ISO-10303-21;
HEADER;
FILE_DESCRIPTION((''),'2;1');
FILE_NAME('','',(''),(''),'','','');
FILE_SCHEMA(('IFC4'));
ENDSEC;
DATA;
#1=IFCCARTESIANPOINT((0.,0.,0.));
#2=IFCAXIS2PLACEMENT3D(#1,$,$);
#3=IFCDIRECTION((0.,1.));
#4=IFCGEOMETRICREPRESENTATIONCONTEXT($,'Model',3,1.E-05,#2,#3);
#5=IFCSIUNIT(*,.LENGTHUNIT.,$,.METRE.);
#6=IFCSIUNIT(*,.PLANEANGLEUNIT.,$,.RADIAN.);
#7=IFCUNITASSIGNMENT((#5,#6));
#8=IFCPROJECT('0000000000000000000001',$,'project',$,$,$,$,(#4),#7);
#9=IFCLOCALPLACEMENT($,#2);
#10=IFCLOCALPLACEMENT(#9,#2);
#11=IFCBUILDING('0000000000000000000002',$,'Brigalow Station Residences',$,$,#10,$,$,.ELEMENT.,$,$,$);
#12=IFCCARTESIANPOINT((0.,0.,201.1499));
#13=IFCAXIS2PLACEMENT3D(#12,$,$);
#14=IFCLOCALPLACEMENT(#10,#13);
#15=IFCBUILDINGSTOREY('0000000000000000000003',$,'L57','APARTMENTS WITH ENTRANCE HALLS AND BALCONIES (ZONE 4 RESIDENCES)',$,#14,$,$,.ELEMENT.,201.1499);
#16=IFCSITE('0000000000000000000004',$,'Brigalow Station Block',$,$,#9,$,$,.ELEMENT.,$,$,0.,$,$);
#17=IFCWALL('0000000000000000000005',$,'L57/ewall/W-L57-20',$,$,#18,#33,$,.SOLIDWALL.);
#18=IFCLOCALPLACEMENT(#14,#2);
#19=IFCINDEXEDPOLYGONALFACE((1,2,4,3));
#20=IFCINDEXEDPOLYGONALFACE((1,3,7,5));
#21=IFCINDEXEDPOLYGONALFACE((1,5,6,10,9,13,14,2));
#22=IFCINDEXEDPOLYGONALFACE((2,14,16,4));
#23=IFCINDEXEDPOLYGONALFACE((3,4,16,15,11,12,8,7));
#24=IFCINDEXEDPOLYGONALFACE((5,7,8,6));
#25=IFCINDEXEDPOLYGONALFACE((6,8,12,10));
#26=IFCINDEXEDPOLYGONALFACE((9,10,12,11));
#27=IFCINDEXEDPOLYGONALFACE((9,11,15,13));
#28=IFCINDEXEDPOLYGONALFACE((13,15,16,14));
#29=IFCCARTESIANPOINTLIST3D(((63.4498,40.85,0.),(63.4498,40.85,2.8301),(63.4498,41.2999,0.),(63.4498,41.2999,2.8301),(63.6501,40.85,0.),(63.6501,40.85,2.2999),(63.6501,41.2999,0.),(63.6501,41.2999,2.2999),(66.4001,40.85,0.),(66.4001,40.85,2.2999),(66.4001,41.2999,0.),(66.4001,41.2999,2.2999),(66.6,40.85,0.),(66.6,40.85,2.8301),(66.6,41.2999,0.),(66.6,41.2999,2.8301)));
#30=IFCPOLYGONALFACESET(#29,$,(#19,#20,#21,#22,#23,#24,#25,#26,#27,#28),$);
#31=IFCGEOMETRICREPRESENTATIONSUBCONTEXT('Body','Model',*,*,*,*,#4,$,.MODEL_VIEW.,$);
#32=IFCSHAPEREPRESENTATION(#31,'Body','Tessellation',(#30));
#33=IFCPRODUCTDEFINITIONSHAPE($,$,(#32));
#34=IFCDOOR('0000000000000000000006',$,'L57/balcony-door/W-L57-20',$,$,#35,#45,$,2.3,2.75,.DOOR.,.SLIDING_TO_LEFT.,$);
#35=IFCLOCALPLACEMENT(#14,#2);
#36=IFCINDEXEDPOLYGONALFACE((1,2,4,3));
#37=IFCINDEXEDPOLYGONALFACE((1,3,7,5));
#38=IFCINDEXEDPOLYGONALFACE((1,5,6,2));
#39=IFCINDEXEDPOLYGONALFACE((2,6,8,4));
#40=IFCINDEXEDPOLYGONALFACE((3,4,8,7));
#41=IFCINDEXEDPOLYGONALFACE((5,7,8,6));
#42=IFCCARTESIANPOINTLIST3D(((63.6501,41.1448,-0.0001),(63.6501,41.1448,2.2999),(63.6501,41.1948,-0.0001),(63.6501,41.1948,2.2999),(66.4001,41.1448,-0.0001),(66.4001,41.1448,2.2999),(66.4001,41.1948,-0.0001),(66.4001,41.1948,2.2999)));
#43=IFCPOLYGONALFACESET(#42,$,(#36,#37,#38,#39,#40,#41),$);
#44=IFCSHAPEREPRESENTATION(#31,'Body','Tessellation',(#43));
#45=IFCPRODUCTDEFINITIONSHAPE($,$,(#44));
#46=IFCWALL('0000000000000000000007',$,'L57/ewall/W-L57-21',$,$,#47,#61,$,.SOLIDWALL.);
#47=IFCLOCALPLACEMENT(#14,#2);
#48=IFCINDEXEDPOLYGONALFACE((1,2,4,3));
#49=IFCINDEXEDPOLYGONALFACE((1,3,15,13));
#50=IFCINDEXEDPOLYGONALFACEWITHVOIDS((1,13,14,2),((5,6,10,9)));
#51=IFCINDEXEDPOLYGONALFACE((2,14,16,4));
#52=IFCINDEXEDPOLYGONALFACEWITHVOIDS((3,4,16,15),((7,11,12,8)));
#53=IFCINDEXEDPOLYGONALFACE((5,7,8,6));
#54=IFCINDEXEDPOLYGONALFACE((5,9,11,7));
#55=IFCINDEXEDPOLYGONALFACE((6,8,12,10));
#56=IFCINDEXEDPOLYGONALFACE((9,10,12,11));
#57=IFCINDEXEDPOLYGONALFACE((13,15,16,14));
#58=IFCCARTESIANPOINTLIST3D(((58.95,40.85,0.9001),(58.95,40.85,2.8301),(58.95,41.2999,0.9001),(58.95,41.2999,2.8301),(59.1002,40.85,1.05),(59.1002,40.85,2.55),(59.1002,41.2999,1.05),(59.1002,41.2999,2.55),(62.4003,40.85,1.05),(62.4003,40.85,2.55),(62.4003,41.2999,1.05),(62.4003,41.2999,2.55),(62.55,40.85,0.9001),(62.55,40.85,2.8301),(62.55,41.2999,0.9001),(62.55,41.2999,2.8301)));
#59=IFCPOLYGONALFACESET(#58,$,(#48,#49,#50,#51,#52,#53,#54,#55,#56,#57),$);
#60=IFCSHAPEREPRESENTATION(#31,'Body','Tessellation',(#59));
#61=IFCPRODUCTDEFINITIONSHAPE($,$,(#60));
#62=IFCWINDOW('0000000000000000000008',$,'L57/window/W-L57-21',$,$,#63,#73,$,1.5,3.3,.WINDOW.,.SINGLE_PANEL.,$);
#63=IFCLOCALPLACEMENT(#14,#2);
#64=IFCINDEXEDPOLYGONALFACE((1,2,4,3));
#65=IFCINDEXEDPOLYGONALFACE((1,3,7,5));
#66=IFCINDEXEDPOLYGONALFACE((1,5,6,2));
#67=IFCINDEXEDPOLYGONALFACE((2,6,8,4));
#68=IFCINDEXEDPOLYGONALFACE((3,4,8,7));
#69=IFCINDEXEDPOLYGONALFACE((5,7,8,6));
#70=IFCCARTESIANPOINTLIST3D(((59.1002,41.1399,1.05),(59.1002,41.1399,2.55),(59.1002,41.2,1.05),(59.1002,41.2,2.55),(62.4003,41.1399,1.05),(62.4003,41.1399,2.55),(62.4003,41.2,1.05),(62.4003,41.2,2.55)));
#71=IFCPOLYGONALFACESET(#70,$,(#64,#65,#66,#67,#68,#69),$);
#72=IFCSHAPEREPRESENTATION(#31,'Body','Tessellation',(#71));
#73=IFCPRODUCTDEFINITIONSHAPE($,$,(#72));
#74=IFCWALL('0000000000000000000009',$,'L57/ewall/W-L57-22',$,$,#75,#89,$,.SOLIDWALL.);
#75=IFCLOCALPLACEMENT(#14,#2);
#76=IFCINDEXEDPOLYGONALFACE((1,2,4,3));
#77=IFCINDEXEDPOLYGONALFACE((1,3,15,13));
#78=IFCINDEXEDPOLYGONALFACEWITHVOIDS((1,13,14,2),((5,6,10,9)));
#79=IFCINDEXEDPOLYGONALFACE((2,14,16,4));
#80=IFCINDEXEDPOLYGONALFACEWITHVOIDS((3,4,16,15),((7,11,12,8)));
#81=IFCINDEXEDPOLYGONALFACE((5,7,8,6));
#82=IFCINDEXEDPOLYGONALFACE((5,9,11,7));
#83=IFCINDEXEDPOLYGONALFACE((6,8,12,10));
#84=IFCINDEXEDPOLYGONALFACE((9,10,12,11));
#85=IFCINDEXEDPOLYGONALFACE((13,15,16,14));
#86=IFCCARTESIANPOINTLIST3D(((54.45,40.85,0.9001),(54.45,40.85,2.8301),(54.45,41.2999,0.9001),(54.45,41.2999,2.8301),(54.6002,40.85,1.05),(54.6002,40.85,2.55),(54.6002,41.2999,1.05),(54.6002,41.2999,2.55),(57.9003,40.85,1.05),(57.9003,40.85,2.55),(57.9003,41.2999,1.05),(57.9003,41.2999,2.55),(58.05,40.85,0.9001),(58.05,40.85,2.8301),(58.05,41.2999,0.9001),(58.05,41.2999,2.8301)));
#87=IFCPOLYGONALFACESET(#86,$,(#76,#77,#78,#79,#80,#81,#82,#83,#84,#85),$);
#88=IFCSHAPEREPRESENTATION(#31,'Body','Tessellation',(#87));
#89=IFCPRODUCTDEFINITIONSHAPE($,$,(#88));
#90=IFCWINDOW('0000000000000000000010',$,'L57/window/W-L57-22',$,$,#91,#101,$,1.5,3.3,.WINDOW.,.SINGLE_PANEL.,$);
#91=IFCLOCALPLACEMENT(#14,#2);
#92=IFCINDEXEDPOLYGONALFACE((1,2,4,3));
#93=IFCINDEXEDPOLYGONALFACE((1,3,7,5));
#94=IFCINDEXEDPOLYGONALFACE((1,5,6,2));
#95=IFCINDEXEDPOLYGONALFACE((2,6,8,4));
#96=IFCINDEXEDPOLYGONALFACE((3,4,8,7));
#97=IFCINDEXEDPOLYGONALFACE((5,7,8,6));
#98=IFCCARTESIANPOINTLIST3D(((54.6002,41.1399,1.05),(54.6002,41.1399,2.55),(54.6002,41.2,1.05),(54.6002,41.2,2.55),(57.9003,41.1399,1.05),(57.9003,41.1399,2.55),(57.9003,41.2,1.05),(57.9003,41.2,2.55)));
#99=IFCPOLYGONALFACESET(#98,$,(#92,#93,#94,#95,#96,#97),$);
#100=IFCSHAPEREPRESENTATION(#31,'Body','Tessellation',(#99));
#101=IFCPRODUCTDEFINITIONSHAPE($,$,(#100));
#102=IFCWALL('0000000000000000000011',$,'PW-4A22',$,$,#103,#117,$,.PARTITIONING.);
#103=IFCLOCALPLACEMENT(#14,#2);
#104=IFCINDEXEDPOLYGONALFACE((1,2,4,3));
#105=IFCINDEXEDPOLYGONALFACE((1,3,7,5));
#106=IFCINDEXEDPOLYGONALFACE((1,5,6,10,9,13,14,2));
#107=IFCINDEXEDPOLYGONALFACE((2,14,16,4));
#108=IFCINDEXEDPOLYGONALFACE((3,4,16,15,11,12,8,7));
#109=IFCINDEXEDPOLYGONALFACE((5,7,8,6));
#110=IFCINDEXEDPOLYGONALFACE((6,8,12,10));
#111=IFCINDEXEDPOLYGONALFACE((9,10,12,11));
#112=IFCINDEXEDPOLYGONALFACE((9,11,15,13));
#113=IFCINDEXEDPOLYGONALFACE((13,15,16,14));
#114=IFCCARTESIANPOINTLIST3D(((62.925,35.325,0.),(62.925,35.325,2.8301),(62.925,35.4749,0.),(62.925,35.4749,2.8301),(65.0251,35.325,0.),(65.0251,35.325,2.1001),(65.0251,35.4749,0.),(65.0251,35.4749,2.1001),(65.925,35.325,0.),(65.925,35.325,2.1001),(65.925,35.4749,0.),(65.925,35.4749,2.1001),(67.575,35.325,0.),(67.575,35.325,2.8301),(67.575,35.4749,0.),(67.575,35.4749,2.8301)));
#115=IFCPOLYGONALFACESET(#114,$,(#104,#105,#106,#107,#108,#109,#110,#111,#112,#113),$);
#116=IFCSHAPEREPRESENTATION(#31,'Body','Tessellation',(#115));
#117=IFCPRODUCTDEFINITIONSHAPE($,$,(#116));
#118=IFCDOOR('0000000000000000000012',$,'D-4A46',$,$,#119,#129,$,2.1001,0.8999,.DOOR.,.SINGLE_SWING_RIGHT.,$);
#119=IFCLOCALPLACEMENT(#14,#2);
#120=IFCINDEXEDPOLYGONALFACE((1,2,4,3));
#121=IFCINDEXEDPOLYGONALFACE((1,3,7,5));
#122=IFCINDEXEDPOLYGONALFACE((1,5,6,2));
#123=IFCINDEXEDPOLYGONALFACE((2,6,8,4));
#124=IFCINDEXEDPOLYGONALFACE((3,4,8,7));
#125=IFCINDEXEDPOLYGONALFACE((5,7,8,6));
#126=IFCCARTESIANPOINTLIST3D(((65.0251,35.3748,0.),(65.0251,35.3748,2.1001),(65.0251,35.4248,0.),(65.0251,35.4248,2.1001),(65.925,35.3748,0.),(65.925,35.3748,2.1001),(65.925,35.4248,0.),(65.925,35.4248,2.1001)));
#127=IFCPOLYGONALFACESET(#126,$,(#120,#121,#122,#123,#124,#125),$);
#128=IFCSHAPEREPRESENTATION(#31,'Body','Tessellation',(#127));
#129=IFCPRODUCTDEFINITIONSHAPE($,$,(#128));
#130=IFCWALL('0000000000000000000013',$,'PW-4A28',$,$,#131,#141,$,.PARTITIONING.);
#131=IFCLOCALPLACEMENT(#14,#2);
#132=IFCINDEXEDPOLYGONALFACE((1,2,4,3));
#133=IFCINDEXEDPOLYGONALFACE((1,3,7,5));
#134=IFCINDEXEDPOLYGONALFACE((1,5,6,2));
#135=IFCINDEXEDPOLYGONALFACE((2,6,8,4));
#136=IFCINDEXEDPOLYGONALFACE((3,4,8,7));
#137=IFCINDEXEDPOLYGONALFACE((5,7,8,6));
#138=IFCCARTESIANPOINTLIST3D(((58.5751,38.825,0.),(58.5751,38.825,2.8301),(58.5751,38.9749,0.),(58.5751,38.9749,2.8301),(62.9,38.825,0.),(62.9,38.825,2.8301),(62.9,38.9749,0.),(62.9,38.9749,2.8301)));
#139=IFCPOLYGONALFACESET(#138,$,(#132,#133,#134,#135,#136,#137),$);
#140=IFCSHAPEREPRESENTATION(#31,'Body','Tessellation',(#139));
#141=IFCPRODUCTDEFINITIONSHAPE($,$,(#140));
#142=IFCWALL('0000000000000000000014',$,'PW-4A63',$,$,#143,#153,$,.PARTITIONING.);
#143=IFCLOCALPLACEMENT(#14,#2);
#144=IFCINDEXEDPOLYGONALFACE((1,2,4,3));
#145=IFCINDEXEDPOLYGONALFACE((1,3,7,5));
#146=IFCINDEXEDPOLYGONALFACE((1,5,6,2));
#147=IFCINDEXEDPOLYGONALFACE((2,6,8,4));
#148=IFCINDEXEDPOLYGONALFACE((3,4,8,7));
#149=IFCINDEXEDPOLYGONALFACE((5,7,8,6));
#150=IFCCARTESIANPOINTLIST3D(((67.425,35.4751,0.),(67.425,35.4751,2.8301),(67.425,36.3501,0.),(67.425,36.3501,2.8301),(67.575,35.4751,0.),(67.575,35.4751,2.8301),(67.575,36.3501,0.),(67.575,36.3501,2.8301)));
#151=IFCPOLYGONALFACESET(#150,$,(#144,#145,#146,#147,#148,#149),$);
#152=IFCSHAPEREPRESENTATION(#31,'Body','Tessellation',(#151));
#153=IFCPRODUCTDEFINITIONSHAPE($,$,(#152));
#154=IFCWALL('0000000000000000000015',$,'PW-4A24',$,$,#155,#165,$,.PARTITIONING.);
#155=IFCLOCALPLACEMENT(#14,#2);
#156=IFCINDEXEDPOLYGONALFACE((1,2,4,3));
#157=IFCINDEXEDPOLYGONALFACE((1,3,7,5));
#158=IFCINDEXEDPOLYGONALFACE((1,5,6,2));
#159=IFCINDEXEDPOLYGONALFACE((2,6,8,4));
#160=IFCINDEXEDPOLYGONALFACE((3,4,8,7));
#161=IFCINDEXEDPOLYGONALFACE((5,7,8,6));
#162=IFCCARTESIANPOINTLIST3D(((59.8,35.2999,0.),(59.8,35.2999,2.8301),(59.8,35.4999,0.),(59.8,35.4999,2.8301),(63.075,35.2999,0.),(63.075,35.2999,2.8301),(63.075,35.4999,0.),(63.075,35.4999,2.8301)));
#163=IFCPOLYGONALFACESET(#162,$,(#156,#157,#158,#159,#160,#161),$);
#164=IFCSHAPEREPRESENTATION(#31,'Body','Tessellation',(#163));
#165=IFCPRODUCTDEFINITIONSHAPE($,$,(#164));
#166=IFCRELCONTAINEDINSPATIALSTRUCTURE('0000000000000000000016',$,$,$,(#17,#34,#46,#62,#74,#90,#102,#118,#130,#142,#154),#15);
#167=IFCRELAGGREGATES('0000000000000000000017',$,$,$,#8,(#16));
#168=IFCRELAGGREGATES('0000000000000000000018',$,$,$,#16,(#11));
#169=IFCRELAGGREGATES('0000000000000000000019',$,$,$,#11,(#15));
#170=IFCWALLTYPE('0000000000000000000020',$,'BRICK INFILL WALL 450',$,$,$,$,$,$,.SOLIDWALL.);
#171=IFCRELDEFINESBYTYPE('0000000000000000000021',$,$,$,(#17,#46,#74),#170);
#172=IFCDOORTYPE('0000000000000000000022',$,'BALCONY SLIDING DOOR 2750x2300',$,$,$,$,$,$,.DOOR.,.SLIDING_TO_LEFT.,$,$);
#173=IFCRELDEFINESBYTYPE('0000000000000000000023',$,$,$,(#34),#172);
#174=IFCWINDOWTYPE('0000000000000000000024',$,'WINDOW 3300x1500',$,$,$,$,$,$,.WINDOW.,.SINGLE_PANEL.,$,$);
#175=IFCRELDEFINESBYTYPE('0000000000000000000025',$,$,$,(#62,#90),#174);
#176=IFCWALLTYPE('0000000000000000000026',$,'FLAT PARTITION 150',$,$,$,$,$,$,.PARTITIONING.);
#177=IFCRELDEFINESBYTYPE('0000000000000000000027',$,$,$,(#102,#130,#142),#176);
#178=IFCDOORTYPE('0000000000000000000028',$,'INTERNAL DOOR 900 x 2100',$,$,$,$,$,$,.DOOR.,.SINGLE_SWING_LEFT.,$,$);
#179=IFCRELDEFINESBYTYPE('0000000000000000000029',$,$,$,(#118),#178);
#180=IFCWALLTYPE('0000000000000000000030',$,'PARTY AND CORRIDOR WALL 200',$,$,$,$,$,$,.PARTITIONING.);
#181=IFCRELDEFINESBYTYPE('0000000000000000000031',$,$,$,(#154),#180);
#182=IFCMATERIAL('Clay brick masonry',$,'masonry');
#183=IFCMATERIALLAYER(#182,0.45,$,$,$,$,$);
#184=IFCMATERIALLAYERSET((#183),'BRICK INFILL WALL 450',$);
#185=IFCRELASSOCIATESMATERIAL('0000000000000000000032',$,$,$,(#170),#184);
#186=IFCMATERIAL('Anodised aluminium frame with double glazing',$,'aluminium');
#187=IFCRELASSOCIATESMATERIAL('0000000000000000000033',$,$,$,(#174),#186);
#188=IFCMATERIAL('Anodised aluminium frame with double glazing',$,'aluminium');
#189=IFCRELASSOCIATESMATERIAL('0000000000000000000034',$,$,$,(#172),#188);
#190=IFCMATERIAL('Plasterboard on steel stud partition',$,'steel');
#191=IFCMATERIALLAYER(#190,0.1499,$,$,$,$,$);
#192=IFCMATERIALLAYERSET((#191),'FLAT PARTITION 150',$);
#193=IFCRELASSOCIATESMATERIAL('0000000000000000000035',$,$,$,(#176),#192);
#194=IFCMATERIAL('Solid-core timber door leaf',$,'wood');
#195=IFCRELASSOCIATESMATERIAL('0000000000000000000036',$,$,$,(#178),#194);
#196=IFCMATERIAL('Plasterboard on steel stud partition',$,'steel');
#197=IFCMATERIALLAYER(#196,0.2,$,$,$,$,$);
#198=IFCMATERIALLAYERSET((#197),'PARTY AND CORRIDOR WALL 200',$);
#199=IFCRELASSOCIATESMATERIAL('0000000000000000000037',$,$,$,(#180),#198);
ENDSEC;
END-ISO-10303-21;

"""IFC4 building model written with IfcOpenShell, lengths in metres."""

from ifc_helpers import new_model, si_unit, direction, frame, frame_2d, origin, place, context, subcontext, project, spatial, rectangle, extrude, material, layer, layer_set, type_object, element, fill, save


model = new_model("IFC4")

# Units and contexts
model_context = context("Model", 3, precision=1e-05, world=origin(), true_north=direction((0.0, 1.0)))
body_context = subcontext(model_context, "Body", "Model", "MODEL_VIEW")
ifc_project = project(units=[si_unit("LENGTHUNIT", "METRE"), si_unit("PLANEANGLEUNIT", "RADIAN")], contexts=[model_context])

# Site, building, storey
site_placement = place(None, origin())
site = spatial("IfcSite", under=ifc_project, at=site_placement, Name="Brigalow Station Block", CompositionType="ELEMENT", RefElevation=0.0)
building_placement = place(site_placement, origin())
building = spatial("IfcBuilding", under=site, at=building_placement, Name="Brigalow Station Residences", CompositionType="ELEMENT")
storey_placement = place(building_placement, frame((0.0, 0.0, 201.1499)))
storey = spatial("IfcBuildingStorey", under=building, at=storey_placement, Name="L57", Description="APARTMENTS WITH ENTRANCE HALLS AND BALCONIES (ZONE 4 RESIDENCES)", CompositionType="ELEMENT", Elevation=201.1499)

# Shared definitions
ifc_material_1 = material(Name="Clay brick masonry", Category="masonry")
ifc_layer_1 = layer(ifc_material_1, 0.45)
ifc_layer_set_1 = layer_set([ifc_layer_1], Name="BRICK INFILL WALL 450")
wall_type_1 = type_object("IfcWallType", Name="BRICK INFILL WALL 450", PredefinedType="SOLIDWALL", material=ifc_layer_set_1)
ifc_material_2 = material(Name="Anodised aluminium frame with double glazing", Category="aluminium")
window_type_1 = type_object("IfcWindowType", Name="WINDOW 3300x1500", PartitioningType="SINGLE_PANEL", PredefinedType="WINDOW", material=ifc_material_2)

# Wall, opening, door
wall_1_placement = place(storey_placement, frame((66.6001, 41.075, 0.0), z_axis=(0.0, 0.0, 1.0), x_axis=(-1.0, 0.0, 0.0)))
wall_1 = element("IfcWall", 1, at=wall_1_placement, inside=storey, type_object=wall_type_1, Name="L57/ewall/W-L57-20", PredefinedType="SOLIDWALL", context=body_context, shape_type="SweptSolid", body=[
    extrude(rectangle(XDim=3.1501, YDim=0.45, at=frame_2d((1.5752, 0.0))), origin(), (0.0, 0.0, 1.0), 2.8301),
])
opening_1_placement = place(wall_1_placement, frame((0.2, 0.0, 0.0)))
opening_1 = element("IfcOpeningElement", 2, at=opening_1_placement, cuts=wall_1, PredefinedType="OPENING", context=body_context, shape_type="SweptSolid", body=[
    extrude(rectangle(XDim=2.75, YDim=2.3, at=frame_2d((1.375, 1.1499))), frame((0.0, 0.2349, 0.0), z_axis=(0.0, -1.0, 0.0), x_axis=(1.0, 0.0, 0.0)), (0.0, 0.0, 1.0), 0.47),
])
ifc_material_3 = material(Name="Anodised aluminium frame with double glazing", Category="aluminium")
door_type_1 = type_object("IfcDoorType", Name="BALCONY SLIDING DOOR 2750x2300", OperationType="SLIDING_TO_LEFT", PredefinedType="DOOR", material=ifc_material_3)
door_1_placement = place(opening_1_placement, origin())
door_1 = element("IfcDoor", 3, at=door_1_placement, inside=storey, type_object=door_type_1, Name="L57/balcony-door/W-L57-20", OperationType="SLIDING_TO_LEFT", OverallHeight=2.3, OverallWidth=2.75, PredefinedType="DOOR", context=body_context, shape_type="SweptSolid", body=[
    extrude(rectangle(XDim=2.75, YDim=2.3, at=frame_2d((1.375, 1.1499))), frame((0.0, -0.0698, 0.0), z_axis=(0.0, -1.0, 0.0), x_axis=(1.0, 0.0, 0.0)), (0.0, 0.0, 1.0), 0.05),
])
fill(opening_1, door_1)

# Walls, openings, windows
wall_2_placement = place(storey_placement, frame((62.55, 41.075, 0.9001), z_axis=(0.0, 0.0, 1.0), x_axis=(-1.0, 0.0, 0.0)))
wall_2 = element("IfcWall", 4, at=wall_2_placement, inside=storey, type_object=wall_type_1, Name="L57/ewall/W-L57-21", PredefinedType="SOLIDWALL", context=body_context, shape_type="SweptSolid", body=[
    extrude(rectangle(XDim=3.6001, YDim=0.45, at=frame_2d((1.8, 0.0))), origin(), (0.0, 0.0, 1.0), 1.9299),
])
opening_2_placement = place(wall_2_placement, frame((0.1499, 0.0, 0.1499)))
opening_2 = element("IfcOpeningElement", 5, at=opening_2_placement, cuts=wall_2, PredefinedType="OPENING", context=body_context, shape_type="SweptSolid", body=[
    extrude(rectangle(XDim=3.3, YDim=1.5, at=frame_2d((1.6499, 0.75))), frame((0.0, 0.2349, 0.0), z_axis=(0.0, -1.0, 0.0), x_axis=(1.0, 0.0, 0.0)), (0.0, 0.0, 1.0), 0.47),
])
window_1_placement = place(opening_2_placement, origin())
window_1 = element("IfcWindow", 6, at=window_1_placement, inside=storey, type_object=window_type_1, Name="L57/window/W-L57-21", OverallHeight=1.5, OverallWidth=3.3, PartitioningType="SINGLE_PANEL", PredefinedType="WINDOW", context=body_context, shape_type="SweptSolid", body=[
    extrude(rectangle(XDim=3.3, YDim=1.5, at=frame_2d((1.6499, 0.75))), frame((0.0, -0.0649, 0.0), z_axis=(0.0, -1.0, 0.0), x_axis=(1.0, 0.0, 0.0)), (0.0, 0.0, 1.0), 0.0601),
])
fill(opening_2, window_1)
wall_3_placement = place(storey_placement, frame((58.05, 41.075, 0.9001), z_axis=(0.0, 0.0, 1.0), x_axis=(-1.0, 0.0, 0.0)))
wall_3 = element("IfcWall", 7, at=wall_3_placement, inside=storey, type_object=wall_type_1, Name="L57/ewall/W-L57-22", PredefinedType="SOLIDWALL", context=body_context, shape_type="SweptSolid", body=[
    extrude(rectangle(XDim=3.6001, YDim=0.45, at=frame_2d((1.8, 0.0))), origin(), (0.0, 0.0, 1.0), 1.9299),
])
opening_3_placement = place(wall_3_placement, frame((0.1499, 0.0, 0.1499)))
opening_3 = element("IfcOpeningElement", 8, at=opening_3_placement, cuts=wall_3, PredefinedType="OPENING", context=body_context, shape_type="SweptSolid", body=[
    extrude(rectangle(XDim=3.3, YDim=1.5, at=frame_2d((1.6499, 0.75))), frame((0.0, 0.2349, 0.0), z_axis=(0.0, -1.0, 0.0), x_axis=(1.0, 0.0, 0.0)), (0.0, 0.0, 1.0), 0.47),
])
window_2_placement = place(opening_3_placement, origin())
window_2 = element("IfcWindow", 9, at=window_2_placement, inside=storey, type_object=window_type_1, Name="L57/window/W-L57-22", OverallHeight=1.5, OverallWidth=3.3, PartitioningType="SINGLE_PANEL", PredefinedType="WINDOW", context=body_context, shape_type="SweptSolid", body=[
    extrude(rectangle(XDim=3.3, YDim=1.5, at=frame_2d((1.6499, 0.75))), frame((0.0, -0.0649, 0.0), z_axis=(0.0, -1.0, 0.0), x_axis=(1.0, 0.0, 0.0)), (0.0, 0.0, 1.0), 0.0601),
])
fill(opening_3, window_2)

# Wall, opening, door
ifc_material_4 = material(Name="Plasterboard on steel stud partition", Category="steel")
ifc_layer_2 = layer(ifc_material_4, 0.1499)
ifc_layer_set_2 = layer_set([ifc_layer_2], Name="FLAT PARTITION 150")
wall_type_2 = type_object("IfcWallType", Name="FLAT PARTITION 150", PredefinedType="PARTITIONING", material=ifc_layer_set_2)
wall_4_placement = place(storey_placement, frame((62.925, 35.3999, 0.0), z_axis=(0.0, 0.0, 1.0), x_axis=(1.0, 0.0, 0.0)))
wall_4 = element("IfcWall", 10, at=wall_4_placement, inside=storey, type_object=wall_type_2, Name="PW-4A22", PredefinedType="PARTITIONING", context=body_context, shape_type="SweptSolid", body=[
    extrude(rectangle(XDim=4.6499, YDim=0.1499, at=frame_2d((2.325, 0.0))), origin(), (0.0, 0.0, 1.0), 2.8301),
])
opening_4_placement = place(wall_4_placement, frame((2.1001, 0.0, 0.0)))
opening_4 = element("IfcOpeningElement", 11, at=opening_4_placement, cuts=wall_4, PredefinedType="OPENING", context=body_context, shape_type="SweptSolid", body=[
    extrude(rectangle(XDim=0.8999, YDim=2.1001, at=frame_2d((0.45, 1.05))), frame((0.0, 0.085, 0.0), z_axis=(0.0, -1.0, 0.0), x_axis=(1.0, 0.0, 0.0)), (0.0, 0.0, 1.0), 0.1699),
])
ifc_material_5 = material(Name="Solid-core timber door leaf", Category="wood")
door_type_2 = type_object("IfcDoorType", Name="INTERNAL DOOR 900 x 2100", OperationType="SINGLE_SWING_LEFT", PredefinedType="DOOR", material=ifc_material_5)
door_2_placement = place(opening_4_placement, origin())
door_2 = element("IfcDoor", 12, at=door_2_placement, inside=storey, type_object=door_type_2, Name="D-4A46", OperationType="SINGLE_SWING_RIGHT", OverallHeight=2.1001, OverallWidth=0.8999, PredefinedType="DOOR", context=body_context, shape_type="SweptSolid", body=[
    extrude(rectangle(XDim=0.8999, YDim=2.1001, at=frame_2d((0.45, 1.05))), frame((0.0, 0.0249, 0.0), z_axis=(0.0, -1.0, 0.0), x_axis=(1.0, 0.0, 0.0)), (0.0, 0.0, 1.0), 0.05),
])
fill(opening_4, door_2)

# Walls
wall_5_placement = place(storey_placement, frame((58.575, 38.8999, 0.0), z_axis=(0.0, 0.0, 1.0), x_axis=(1.0, 0.0, 0.0)))
element("IfcWall", 13, at=wall_5_placement, inside=storey, type_object=wall_type_2, Name="PW-4A28", PredefinedType="PARTITIONING", context=body_context, shape_type="SweptSolid", body=[
    extrude(rectangle(XDim=4.325, YDim=0.1499, at=frame_2d((2.1626, 0.0))), origin(), (0.0, 0.0, 1.0), 2.8301),
])
wall_6_placement = place(storey_placement, frame((67.5, 35.4751, 0.0), z_axis=(0.0, 0.0, 1.0), x_axis=(0.0, 1.0, 0.0)))
element("IfcWall", 14, at=wall_6_placement, inside=storey, type_object=wall_type_2, Name="PW-4A63", PredefinedType="PARTITIONING", context=body_context, shape_type="SweptSolid", body=[
    extrude(rectangle(XDim=0.875, YDim=0.1499, at=frame_2d((0.4375, 0.0))), origin(), (0.0, 0.0, 1.0), 2.8301),
])
ifc_material_6 = material(Name="Plasterboard on steel stud partition", Category="steel")
ifc_layer_3 = layer(ifc_material_6, 0.2)
ifc_layer_set_3 = layer_set([ifc_layer_3], Name="PARTY AND CORRIDOR WALL 200")
wall_type_3 = type_object("IfcWallType", Name="PARTY AND CORRIDOR WALL 200", PredefinedType="PARTITIONING", material=ifc_layer_set_3)
wall_7_placement = place(storey_placement, frame((59.8, 35.3999, 0.0), z_axis=(0.0, 0.0, 1.0), x_axis=(1.0, 0.0, 0.0)))
element("IfcWall", 15, at=wall_7_placement, inside=storey, type_object=wall_type_3, Name="PW-4A24", PredefinedType="PARTITIONING", context=body_context, shape_type="SweptSolid", body=[
    extrude(rectangle(XDim=3.2749, YDim=0.2, at=frame_2d((1.6375, 0.0))), origin(), (0.0, 0.0, 1.0), 2.8301),
])

save(model, "model.ifc")
